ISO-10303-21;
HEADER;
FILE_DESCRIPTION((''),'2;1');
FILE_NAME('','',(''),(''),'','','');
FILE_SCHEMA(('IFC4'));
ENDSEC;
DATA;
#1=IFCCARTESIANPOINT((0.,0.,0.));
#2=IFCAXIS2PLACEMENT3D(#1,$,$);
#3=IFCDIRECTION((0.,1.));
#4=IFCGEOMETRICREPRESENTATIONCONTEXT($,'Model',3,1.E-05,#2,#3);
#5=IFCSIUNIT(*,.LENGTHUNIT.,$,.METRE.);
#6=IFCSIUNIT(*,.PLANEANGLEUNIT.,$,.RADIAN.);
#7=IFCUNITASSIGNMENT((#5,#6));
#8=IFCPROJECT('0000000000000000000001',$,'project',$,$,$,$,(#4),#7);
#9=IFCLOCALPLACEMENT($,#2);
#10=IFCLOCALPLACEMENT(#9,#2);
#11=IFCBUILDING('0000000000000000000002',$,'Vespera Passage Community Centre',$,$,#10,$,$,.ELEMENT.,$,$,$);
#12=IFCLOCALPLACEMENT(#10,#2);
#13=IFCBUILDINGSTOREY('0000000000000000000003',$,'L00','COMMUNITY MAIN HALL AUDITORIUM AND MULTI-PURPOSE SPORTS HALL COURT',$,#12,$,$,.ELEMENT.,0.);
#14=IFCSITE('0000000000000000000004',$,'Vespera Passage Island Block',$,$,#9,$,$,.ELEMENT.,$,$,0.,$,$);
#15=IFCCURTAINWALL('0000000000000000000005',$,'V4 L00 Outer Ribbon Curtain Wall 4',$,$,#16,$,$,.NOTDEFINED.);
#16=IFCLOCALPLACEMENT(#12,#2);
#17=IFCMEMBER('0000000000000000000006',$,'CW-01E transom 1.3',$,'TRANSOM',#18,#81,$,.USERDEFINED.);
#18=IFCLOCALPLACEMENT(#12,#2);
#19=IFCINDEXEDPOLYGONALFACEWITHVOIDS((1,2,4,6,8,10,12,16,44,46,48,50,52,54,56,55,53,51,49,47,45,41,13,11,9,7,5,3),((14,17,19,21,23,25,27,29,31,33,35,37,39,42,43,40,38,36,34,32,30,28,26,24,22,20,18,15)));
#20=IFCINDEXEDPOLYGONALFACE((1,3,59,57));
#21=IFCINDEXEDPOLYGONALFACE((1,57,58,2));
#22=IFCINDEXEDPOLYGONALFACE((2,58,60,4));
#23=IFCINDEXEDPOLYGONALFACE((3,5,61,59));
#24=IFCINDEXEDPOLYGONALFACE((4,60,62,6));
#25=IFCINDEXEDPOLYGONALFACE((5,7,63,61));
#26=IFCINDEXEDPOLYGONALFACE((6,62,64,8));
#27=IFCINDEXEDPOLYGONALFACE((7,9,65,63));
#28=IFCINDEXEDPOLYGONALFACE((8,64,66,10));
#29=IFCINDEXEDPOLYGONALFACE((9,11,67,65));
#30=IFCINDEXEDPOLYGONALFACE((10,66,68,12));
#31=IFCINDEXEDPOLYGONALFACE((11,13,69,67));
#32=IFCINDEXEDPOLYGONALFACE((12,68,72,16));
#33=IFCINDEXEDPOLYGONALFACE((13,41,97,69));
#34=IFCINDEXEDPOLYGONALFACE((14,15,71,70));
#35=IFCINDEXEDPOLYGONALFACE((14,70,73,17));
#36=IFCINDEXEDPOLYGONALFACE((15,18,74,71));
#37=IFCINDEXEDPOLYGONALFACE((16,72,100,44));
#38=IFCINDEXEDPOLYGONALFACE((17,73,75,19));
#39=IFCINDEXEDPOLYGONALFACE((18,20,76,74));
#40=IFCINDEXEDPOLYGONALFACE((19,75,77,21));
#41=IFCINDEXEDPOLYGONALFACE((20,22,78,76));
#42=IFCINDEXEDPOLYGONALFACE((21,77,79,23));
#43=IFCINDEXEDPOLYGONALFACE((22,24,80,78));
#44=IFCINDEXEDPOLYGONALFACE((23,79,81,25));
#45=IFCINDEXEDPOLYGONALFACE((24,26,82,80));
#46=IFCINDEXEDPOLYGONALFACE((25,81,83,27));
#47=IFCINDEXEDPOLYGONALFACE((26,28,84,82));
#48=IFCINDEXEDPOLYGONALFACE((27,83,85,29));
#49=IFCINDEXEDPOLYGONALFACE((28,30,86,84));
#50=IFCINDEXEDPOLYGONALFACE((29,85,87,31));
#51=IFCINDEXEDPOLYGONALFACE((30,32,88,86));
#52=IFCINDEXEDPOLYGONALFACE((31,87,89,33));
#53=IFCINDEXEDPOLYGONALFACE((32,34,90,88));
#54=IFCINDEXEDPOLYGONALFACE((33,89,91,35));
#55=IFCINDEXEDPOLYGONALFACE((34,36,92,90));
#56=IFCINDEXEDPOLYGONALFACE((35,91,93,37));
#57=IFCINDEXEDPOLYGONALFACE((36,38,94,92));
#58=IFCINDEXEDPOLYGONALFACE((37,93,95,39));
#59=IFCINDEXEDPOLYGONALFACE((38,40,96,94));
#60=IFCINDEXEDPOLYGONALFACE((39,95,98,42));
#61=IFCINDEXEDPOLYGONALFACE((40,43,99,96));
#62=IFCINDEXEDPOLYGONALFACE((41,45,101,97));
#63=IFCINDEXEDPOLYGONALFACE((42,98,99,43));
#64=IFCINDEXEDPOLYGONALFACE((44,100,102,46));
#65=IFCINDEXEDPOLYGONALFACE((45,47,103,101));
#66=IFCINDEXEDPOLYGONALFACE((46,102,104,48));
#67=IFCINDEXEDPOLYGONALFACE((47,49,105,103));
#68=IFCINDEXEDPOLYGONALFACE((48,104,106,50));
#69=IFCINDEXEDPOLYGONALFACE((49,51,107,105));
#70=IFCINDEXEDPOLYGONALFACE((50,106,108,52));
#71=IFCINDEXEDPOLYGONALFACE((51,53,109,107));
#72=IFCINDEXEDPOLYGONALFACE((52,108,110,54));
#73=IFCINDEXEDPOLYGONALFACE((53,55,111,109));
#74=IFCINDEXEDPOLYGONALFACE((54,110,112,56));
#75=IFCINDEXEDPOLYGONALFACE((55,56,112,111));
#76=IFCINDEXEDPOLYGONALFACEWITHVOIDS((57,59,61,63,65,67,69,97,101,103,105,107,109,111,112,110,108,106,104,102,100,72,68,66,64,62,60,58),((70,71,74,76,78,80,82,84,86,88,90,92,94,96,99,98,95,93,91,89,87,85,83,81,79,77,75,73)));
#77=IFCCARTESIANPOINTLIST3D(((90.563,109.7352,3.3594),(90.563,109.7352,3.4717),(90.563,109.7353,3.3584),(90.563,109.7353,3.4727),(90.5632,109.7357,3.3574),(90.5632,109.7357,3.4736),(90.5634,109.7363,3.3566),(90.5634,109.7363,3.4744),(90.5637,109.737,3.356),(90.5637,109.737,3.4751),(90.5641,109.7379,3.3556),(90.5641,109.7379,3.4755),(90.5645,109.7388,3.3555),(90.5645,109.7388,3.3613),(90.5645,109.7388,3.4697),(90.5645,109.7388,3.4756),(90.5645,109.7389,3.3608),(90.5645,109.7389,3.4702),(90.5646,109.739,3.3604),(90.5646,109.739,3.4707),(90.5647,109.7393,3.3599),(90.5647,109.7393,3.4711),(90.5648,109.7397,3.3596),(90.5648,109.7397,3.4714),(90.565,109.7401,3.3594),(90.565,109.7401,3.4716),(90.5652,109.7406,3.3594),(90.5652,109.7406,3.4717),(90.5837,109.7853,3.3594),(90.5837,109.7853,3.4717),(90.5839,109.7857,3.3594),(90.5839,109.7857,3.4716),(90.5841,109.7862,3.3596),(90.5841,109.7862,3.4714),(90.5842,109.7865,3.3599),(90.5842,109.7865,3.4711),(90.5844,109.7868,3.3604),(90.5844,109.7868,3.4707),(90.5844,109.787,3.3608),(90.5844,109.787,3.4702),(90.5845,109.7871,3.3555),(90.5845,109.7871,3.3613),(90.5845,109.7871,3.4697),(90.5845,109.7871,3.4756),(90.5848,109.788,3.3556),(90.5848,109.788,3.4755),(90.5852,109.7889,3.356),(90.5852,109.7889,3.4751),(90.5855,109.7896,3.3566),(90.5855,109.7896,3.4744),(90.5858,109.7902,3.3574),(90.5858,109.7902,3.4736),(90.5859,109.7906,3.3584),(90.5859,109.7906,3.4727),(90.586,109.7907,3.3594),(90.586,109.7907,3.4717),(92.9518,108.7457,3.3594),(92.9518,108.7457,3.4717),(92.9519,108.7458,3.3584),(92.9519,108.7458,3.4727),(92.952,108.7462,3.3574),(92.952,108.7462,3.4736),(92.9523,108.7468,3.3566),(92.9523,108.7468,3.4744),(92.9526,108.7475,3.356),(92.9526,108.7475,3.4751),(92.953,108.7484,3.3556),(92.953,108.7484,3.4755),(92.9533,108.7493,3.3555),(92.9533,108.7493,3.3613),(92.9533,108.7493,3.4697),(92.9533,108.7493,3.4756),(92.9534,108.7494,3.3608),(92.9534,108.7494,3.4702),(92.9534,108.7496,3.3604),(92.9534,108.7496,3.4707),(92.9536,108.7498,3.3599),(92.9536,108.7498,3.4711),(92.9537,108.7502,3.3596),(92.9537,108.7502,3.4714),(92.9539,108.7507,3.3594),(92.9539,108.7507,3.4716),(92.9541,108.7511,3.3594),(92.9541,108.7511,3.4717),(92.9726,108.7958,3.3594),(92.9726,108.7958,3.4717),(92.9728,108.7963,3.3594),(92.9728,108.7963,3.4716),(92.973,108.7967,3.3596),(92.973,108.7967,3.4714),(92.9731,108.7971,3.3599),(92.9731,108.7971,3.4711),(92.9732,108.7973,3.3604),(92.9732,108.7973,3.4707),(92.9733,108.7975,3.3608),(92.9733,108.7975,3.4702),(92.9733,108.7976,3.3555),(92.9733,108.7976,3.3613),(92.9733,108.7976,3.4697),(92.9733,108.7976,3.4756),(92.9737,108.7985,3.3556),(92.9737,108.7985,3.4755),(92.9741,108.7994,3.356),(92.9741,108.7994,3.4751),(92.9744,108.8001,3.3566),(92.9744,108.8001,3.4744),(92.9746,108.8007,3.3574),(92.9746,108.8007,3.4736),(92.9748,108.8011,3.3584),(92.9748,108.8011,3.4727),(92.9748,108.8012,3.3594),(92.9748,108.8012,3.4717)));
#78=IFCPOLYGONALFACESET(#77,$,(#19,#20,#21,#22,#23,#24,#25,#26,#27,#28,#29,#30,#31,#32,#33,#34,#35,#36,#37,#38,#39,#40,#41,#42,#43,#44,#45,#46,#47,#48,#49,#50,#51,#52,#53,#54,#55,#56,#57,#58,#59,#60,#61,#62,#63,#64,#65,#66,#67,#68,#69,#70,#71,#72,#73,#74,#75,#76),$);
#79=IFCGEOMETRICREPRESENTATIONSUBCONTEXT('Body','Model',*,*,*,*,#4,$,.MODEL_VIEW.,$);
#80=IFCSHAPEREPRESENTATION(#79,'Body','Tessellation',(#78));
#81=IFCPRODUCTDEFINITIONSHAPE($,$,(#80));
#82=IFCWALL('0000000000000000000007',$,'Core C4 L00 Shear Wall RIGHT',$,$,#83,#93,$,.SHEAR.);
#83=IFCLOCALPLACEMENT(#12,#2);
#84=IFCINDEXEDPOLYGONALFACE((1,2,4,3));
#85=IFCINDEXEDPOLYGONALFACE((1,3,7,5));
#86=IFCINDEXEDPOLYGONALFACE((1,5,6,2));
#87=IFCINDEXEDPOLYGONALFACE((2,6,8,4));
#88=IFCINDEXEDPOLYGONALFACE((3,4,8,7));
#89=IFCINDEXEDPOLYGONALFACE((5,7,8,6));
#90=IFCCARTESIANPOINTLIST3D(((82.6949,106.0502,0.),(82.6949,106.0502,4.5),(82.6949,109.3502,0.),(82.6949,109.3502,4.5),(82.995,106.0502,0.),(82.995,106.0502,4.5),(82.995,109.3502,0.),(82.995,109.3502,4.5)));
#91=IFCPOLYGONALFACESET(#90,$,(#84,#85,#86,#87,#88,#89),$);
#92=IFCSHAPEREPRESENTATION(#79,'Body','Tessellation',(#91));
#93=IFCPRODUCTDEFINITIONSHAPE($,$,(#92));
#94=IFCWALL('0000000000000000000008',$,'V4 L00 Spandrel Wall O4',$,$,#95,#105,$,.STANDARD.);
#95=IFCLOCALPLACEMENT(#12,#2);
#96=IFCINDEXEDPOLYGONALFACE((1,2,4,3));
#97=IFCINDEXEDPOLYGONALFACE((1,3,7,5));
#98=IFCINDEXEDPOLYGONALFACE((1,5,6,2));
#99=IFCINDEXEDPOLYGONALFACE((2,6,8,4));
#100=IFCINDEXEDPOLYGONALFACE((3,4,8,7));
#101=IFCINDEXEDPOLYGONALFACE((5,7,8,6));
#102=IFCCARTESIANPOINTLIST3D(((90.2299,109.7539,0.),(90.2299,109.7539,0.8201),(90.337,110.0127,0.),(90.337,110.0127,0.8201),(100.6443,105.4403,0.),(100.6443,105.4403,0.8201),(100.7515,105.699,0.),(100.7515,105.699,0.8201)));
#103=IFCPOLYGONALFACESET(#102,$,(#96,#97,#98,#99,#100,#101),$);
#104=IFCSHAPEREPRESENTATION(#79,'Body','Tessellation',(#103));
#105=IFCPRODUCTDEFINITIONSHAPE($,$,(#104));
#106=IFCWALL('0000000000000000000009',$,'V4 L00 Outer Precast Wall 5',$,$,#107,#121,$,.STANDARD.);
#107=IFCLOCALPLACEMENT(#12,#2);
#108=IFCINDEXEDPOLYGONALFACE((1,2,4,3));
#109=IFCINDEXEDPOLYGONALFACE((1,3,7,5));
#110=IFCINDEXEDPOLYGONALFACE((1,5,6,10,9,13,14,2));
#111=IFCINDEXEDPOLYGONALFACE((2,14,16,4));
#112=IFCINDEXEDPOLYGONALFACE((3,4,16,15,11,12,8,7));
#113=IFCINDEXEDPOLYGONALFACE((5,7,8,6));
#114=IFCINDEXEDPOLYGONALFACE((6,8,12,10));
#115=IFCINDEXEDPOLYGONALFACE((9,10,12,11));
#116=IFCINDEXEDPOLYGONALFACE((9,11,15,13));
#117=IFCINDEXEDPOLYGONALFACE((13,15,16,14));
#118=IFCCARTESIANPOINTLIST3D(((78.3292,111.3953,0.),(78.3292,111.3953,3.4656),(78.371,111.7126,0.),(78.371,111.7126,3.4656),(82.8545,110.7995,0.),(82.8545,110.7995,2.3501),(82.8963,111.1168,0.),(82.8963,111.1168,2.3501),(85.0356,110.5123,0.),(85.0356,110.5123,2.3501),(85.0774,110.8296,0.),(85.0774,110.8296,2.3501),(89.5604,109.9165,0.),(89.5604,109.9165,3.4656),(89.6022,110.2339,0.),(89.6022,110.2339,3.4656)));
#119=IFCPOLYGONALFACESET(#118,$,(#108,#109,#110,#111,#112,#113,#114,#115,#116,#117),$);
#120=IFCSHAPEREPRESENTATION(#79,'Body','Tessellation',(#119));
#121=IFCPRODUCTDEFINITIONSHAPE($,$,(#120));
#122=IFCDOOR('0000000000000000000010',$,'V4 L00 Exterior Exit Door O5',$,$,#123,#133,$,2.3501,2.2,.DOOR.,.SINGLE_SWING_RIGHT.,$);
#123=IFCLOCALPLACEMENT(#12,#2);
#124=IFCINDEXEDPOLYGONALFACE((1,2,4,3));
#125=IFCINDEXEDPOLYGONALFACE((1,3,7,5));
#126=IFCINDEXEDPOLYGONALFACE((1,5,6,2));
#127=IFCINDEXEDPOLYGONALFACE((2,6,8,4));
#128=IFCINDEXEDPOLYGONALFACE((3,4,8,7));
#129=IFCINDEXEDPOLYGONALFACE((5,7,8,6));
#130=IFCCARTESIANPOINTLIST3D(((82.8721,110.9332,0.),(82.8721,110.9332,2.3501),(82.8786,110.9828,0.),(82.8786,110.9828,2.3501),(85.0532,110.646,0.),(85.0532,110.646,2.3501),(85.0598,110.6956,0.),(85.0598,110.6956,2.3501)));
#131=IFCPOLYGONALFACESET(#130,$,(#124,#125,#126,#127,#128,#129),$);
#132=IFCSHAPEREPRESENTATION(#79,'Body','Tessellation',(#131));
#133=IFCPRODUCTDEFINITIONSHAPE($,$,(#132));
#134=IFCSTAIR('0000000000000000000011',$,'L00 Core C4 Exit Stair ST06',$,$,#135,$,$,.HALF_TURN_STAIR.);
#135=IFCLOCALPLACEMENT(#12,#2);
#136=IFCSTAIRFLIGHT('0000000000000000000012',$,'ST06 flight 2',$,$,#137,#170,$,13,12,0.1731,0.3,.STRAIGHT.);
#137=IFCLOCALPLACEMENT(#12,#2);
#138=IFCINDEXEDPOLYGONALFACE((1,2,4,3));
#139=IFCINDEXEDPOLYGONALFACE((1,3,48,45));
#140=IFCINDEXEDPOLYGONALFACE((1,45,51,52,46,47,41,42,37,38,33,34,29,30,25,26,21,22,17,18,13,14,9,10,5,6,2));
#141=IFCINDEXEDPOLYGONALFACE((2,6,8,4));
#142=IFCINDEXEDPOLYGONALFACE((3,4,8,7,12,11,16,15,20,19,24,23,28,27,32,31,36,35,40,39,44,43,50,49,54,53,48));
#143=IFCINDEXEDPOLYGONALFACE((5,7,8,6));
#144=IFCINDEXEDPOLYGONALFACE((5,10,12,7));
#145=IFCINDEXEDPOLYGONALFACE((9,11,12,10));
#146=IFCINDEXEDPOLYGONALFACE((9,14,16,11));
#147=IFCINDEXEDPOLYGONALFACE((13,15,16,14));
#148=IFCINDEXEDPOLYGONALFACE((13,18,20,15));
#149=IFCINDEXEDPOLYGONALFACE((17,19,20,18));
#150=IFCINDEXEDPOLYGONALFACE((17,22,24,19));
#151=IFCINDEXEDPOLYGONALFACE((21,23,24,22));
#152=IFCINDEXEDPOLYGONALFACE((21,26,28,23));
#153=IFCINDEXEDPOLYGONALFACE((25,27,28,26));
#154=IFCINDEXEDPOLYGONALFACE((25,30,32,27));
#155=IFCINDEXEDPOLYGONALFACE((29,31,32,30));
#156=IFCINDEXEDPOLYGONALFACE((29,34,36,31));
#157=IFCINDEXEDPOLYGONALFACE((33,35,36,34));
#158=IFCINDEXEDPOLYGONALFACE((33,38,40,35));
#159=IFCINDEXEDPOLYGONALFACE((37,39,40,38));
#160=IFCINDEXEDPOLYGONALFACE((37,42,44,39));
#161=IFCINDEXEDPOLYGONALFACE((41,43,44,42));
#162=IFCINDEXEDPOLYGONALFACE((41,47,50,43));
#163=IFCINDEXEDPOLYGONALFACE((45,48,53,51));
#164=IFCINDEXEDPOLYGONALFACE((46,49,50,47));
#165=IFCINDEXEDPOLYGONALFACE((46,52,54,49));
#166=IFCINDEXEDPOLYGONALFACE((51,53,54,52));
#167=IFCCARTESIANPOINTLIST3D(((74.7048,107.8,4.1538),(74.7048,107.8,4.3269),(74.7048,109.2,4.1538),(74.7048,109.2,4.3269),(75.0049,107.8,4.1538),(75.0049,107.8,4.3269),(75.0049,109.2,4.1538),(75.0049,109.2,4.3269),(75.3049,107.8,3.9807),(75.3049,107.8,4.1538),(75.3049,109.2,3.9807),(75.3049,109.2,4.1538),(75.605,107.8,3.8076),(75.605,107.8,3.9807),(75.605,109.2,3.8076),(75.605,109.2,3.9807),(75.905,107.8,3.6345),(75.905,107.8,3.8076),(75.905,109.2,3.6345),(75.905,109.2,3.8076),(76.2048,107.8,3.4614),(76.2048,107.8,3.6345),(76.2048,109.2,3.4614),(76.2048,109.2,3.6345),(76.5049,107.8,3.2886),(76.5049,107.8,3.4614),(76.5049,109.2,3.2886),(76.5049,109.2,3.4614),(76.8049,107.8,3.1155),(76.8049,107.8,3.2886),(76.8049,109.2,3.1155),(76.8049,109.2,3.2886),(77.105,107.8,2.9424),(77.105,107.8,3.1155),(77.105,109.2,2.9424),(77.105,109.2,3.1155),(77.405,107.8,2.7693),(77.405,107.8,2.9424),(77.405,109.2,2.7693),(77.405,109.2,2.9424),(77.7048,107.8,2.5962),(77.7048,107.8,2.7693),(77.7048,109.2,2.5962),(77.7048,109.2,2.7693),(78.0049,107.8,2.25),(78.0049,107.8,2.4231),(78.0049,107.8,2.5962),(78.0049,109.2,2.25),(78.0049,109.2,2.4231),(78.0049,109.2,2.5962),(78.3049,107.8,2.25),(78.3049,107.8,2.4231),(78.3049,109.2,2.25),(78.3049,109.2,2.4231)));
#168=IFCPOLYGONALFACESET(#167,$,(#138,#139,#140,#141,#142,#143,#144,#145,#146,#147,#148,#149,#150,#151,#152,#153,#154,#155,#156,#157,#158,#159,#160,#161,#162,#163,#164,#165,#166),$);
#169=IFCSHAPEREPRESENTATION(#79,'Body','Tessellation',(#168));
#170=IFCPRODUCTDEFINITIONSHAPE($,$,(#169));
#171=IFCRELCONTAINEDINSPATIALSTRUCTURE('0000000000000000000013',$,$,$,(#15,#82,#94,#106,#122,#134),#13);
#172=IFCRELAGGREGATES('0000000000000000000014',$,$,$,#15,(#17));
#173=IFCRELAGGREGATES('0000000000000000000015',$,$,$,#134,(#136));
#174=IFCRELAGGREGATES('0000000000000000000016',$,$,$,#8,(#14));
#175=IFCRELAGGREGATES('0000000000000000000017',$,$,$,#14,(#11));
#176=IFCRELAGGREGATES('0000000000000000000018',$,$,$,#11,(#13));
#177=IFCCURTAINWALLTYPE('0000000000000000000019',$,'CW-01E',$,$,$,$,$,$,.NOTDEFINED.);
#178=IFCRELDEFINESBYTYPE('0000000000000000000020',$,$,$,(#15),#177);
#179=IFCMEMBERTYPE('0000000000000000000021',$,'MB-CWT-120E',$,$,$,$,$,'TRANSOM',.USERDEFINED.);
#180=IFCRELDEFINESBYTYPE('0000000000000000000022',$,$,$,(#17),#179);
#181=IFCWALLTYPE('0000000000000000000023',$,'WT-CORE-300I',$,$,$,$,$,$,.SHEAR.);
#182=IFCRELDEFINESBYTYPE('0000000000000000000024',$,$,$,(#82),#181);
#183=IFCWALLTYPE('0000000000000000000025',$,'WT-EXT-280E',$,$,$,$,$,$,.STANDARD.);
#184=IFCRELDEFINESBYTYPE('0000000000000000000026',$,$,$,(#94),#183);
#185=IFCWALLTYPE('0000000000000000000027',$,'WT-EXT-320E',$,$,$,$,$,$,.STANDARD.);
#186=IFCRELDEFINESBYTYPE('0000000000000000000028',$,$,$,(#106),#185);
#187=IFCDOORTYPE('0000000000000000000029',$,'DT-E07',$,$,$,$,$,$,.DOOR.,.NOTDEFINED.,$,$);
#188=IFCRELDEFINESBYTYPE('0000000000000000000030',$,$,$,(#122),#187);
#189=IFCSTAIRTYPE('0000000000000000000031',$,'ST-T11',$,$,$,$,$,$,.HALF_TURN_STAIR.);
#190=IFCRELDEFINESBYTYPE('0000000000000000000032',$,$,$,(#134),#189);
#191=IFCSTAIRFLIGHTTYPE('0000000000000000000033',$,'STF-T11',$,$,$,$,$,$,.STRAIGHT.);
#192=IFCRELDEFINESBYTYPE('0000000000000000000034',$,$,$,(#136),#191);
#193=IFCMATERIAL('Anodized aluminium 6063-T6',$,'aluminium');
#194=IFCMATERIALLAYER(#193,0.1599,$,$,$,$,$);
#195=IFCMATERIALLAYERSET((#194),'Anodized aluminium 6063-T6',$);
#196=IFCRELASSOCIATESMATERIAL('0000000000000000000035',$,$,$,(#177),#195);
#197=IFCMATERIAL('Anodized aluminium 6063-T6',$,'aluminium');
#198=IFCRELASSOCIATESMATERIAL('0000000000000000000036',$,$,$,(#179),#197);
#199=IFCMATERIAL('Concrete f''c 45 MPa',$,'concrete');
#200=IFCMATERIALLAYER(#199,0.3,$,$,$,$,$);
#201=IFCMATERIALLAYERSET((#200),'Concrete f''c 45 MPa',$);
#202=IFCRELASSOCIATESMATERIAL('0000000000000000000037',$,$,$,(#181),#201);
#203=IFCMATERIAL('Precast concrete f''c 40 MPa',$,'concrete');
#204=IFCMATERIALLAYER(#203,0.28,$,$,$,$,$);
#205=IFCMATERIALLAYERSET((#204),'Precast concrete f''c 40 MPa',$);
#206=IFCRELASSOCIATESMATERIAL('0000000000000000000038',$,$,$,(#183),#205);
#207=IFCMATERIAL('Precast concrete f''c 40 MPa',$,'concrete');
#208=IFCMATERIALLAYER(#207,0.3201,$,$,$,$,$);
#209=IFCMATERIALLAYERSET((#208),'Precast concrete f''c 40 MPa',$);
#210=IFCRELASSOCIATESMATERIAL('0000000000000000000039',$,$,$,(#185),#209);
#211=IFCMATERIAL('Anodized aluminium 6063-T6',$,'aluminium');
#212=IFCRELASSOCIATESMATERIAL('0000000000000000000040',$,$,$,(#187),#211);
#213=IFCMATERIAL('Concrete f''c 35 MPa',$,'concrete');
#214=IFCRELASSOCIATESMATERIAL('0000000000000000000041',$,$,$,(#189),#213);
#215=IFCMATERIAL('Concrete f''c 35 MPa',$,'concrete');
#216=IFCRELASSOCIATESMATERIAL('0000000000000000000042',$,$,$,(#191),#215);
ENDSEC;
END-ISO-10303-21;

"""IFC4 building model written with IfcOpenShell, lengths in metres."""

from ifc_helpers import new_model, si_unit, direction, frame, frame_2d, origin, origin_2d, place, context, subcontext, project, spatial, polyline, rectangle, hollow_rectangle, outline, extrude, material, layer, layer_set, material_profile, profile_set, type_object, element, fill, aggregate, save


model = new_model("IFC4")

# Units and contexts
model_context = context("Model", 3, precision=1e-05, world=origin(), true_north=direction((0.0, 1.0)))
body_context = subcontext(model_context, "Body", "Model", "MODEL_VIEW")
ifc_project = project(units=[si_unit("LENGTHUNIT", "METRE"), si_unit("PLANEANGLEUNIT", "RADIAN")], contexts=[model_context])

# Site, building, storey
site_placement = place(None, origin())
site = spatial("IfcSite", under=ifc_project, at=site_placement, Name="Vespera Passage Island Block", CompositionType="ELEMENT", RefElevation=0.0)
building_placement = place(site_placement, origin())
building = spatial("IfcBuilding", under=site, at=building_placement, Name="Vespera Passage Community Centre", CompositionType="ELEMENT")
storey_placement = place(building_placement, origin())
storey = spatial("IfcBuildingStorey", under=building, at=storey_placement, Name="L00", Description="COMMUNITY MAIN HALL AUDITORIUM AND MULTI-PURPOSE SPORTS HALL COURT", CompositionType="ELEMENT", Elevation=0.0)

# Curtain wall, member
ifc_material_1 = material(Name="Anodized aluminium 6063-T6", Category="aluminium")
ifc_layer_1 = layer(ifc_material_1, 0.1599)
ifc_layer_set_1 = layer_set([ifc_layer_1], Name="Anodized aluminium 6063-T6")
curtain_wall_type = type_object("IfcCurtainWallType", Name="CW-01E", PredefinedType="NOTDEFINED", material=ifc_layer_set_1)
curtain_wall_placement = place(storey_placement, origin())
curtain_wall = element("IfcCurtainWall", 1, at=curtain_wall_placement, inside=storey, type_object=curtain_wall_type, Name="V4 L00 Outer Ribbon Curtain Wall 4", PredefinedType="NOTDEFINED")
ifc_material_2 = material(Name="Anodized aluminium 6063-T6", Category="aluminium")
ifc_material_profile_1 = material_profile(ifc_material_2, hollow_rectangle(XDim=0.0601, YDim=0.1201, WallThickness=0.0039, InnerFilletRadius=0.002, OuterFilletRadius=0.0039, at=origin_2d()), Name="ALU120X60X4")
ifc_profile_set_1 = profile_set([ifc_material_profile_1], Name="Anodized aluminium 6063-T6")
member_type_1 = type_object("IfcMemberType", Name="MB-CWT-120E", ElementType="TRANSOM", PredefinedType="USERDEFINED", material=ifc_profile_set_1)
member_1_placement = place(storey_placement, frame((90.5745, 109.7629, 3.4155), z_axis=(0.923882, -0.382677, 0.0), x_axis=(0.382677, 0.923882, 0.0)))
member_1 = element("IfcMember", 2, at=member_1_placement, type_object=member_type_1, Name="CW-01E transom 1.3", ObjectType="TRANSOM", PredefinedType="USERDEFINED", context=body_context, shape_type="SweptSolid", body=[
    extrude(hollow_rectangle(XDim=0.0601, YDim=0.1201, WallThickness=0.0039, InnerFilletRadius=0.002, OuterFilletRadius=0.0039, at=origin_2d()), origin(), (0.0, 0.0, 1.0), 2.5857),
])
aggregate(curtain_wall, [member_1])

# Walls
ifc_material_3 = material(Name="Concrete f'c 45 MPa", Category="concrete")
ifc_layer_2 = layer(ifc_material_3, 0.3)
ifc_layer_set_2 = layer_set([ifc_layer_2], Name="Concrete f'c 45 MPa")
wall_type_1 = type_object("IfcWallType", Name="WT-CORE-300I", PredefinedType="SHEAR", material=ifc_layer_set_2)
wall_1_placement = place(storey_placement, frame((82.845, 109.3501, 0.0), z_axis=(0.0, 0.0, 1.0), x_axis=(0.0, -1.0, 0.0)))
element("IfcWall", 3, at=wall_1_placement, inside=storey, type_object=wall_type_1, Name="Core C4 L00 Shear Wall RIGHT", PredefinedType="SHEAR", context=body_context, shape_type="SweptSolid", body=[
    extrude(rectangle(XDim=3.3, YDim=0.3, at=frame_2d((1.6499, 0.0))), origin(), (0.0, 0.0, 1.0), 4.5),
])
ifc_material_4 = material(Name="Precast concrete f'c 40 MPa", Category="concrete")
ifc_layer_3 = layer(ifc_material_4, 0.28)
ifc_layer_set_3 = layer_set([ifc_layer_3], Name="Precast concrete f'c 40 MPa")
wall_type_2 = type_object("IfcWallType", Name="WT-EXT-280E", PredefinedType="STANDARD", material=ifc_layer_set_3)
wall_2_placement = place(storey_placement, frame((90.2834, 109.8833, 0.0), z_axis=(0.0, 0.0, 1.0), x_axis=(0.923884, -0.382674, 0.0)))
element("IfcWall", 4, at=wall_2_placement, inside=storey, type_object=wall_type_2, Name="V4 L00 Spandrel Wall O4", PredefinedType="STANDARD", context=body_context, shape_type="SweptSolid", body=[
    extrude(rectangle(XDim=11.2725, YDim=0.28, at=frame_2d((5.6362, 0.0))), origin(), (0.0, 0.0, 1.0), 0.8201),
])

# Wall, opening, door
ifc_material_5 = material(Name="Precast concrete f'c 40 MPa", Category="concrete")
ifc_layer_4 = layer(ifc_material_5, 0.3201)
ifc_layer_set_4 = layer_set([ifc_layer_4], Name="Precast concrete f'c 40 MPa")
wall_type_3 = type_object("IfcWallType", Name="WT-EXT-320E", PredefinedType="STANDARD", material=ifc_layer_set_4)
wall_3_placement = place(storey_placement, frame((78.3501, 111.554, 0.0), z_axis=(0.0, 0.0, 1.0), x_axis=(0.991443, -0.130539, 0.0)))
wall_3 = element("IfcWall", 5, at=wall_3_placement, inside=storey, type_object=wall_type_3, Name="V4 L00 Outer Precast Wall 5", PredefinedType="STANDARD", context=body_context, shape_type="SweptSolid", body=[
    extrude(rectangle(XDim=11.3281, YDim=0.3201, at=frame_2d((5.6641, 0.0))), origin(), (0.0, 0.0, 1.0), 3.4656),
])
opening_placement = place(wall_3_placement, frame((4.5642, 0.0, 0.0)))
opening = element("IfcOpeningElement", 6, at=opening_placement, cuts=wall_3, PredefinedType="OPENING", context=body_context, shape_type="SweptSolid", body=[
    extrude(rectangle(XDim=2.2, YDim=2.3501, at=frame_2d((1.1001, 1.175))), frame((0.0, 0.1702, 0.0), z_axis=(0.0, -1.0, 0.0), x_axis=(1.0, 0.0, 0.0)), (0.0, 0.0, 1.0), 0.3401),
])
ifc_material_6 = material(Name="Anodized aluminium 6063-T6", Category="aluminium")
door_type = type_object("IfcDoorType", Name="DT-E07", OperationType="NOTDEFINED", PredefinedType="DOOR", material=ifc_material_6)
door_placement = place(opening_placement, origin())
door = element("IfcDoor", 7, at=door_placement, inside=storey, type_object=door_type, Name="V4 L00 Exterior Exit Door O5", OperationType="SINGLE_SWING_RIGHT", OverallHeight=2.3501, OverallWidth=2.2, PredefinedType="DOOR", context=body_context, shape_type="SweptSolid", body=[
    extrude(rectangle(XDim=2.2, YDim=2.3501, at=frame_2d((1.1001, 1.175))), frame((0.0, 0.0249, 0.0), z_axis=(0.0, -1.0, 0.0), x_axis=(1.0, 0.0, 0.0)), (0.0, 0.0, 1.0), 0.05),
])
fill(opening, door)

# Stair, stair flight
ifc_material_7 = material(Name="Concrete f'c 35 MPa", Category="concrete")
stair_type = type_object("IfcStairType", Name="ST-T11", PredefinedType="HALF_TURN_STAIR", material=ifc_material_7)
stair_placement = place(storey_placement, origin())
stair = element("IfcStair", 8, at=stair_placement, inside=storey, type_object=stair_type, Name="L00 Core C4 Exit Stair ST06", PredefinedType="HALF_TURN_STAIR")
ifc_material_8 = material(Name="Concrete f'c 35 MPa", Category="concrete")
stair_flight_type = type_object("IfcStairFlightType", Name="STF-T11", PredefinedType="STRAIGHT", material=ifc_material_8)
stair_flight_placement = place(storey_placement, frame((78.3049, 108.5, 2.25), z_axis=(0.0, 0.0, 1.0), x_axis=(-1.0, 0.0, 0.0)))
stair_flight = element("IfcStairFlight", 9, at=stair_flight_placement, type_object=stair_flight_type, Name="ST06 flight 2", NumberOfRisers=13, NumberOfTreads=12, PredefinedType="STRAIGHT", RiserHeight=0.1731, TreadLength=0.3, context=body_context, shape_type="SweptSolid", body=[
    extrude(outline(polyline([(0.0, 0.0), (0.0, 0.1731), (0.3, 0.1731), (0.3, 0.3462), (0.6001, 0.3462), (0.6001, 0.5193), (0.8999, 0.5193), (0.8999, 0.6924), (1.2, 0.6924), (1.2, 0.8655), (1.5, 0.8655), (1.5, 1.0386), (1.8, 1.0386), (1.8, 1.2114), (2.1001, 1.2114), (2.1001, 1.3845), (2.3999, 1.3845), (2.3999, 1.5576), (2.7, 1.5576), (2.7, 1.7307), (3.0, 1.7307), (3.0, 1.9038), (3.3, 1.9038), (3.3, 2.0769), (3.6001, 2.0769), (3.6001, 2.25), (3.6001, 1.9038), (0.3, 0.0), (0.0, 0.0)])), frame((0.0, 0.7, 0.0), z_axis=(0.0, -1.0, 0.0), x_axis=(1.0, 0.0, 0.0)), (0.0, 0.0, 1.0), 1.3999),
])
aggregate(stair, [stair_flight])

save(model, "model.ifc")
